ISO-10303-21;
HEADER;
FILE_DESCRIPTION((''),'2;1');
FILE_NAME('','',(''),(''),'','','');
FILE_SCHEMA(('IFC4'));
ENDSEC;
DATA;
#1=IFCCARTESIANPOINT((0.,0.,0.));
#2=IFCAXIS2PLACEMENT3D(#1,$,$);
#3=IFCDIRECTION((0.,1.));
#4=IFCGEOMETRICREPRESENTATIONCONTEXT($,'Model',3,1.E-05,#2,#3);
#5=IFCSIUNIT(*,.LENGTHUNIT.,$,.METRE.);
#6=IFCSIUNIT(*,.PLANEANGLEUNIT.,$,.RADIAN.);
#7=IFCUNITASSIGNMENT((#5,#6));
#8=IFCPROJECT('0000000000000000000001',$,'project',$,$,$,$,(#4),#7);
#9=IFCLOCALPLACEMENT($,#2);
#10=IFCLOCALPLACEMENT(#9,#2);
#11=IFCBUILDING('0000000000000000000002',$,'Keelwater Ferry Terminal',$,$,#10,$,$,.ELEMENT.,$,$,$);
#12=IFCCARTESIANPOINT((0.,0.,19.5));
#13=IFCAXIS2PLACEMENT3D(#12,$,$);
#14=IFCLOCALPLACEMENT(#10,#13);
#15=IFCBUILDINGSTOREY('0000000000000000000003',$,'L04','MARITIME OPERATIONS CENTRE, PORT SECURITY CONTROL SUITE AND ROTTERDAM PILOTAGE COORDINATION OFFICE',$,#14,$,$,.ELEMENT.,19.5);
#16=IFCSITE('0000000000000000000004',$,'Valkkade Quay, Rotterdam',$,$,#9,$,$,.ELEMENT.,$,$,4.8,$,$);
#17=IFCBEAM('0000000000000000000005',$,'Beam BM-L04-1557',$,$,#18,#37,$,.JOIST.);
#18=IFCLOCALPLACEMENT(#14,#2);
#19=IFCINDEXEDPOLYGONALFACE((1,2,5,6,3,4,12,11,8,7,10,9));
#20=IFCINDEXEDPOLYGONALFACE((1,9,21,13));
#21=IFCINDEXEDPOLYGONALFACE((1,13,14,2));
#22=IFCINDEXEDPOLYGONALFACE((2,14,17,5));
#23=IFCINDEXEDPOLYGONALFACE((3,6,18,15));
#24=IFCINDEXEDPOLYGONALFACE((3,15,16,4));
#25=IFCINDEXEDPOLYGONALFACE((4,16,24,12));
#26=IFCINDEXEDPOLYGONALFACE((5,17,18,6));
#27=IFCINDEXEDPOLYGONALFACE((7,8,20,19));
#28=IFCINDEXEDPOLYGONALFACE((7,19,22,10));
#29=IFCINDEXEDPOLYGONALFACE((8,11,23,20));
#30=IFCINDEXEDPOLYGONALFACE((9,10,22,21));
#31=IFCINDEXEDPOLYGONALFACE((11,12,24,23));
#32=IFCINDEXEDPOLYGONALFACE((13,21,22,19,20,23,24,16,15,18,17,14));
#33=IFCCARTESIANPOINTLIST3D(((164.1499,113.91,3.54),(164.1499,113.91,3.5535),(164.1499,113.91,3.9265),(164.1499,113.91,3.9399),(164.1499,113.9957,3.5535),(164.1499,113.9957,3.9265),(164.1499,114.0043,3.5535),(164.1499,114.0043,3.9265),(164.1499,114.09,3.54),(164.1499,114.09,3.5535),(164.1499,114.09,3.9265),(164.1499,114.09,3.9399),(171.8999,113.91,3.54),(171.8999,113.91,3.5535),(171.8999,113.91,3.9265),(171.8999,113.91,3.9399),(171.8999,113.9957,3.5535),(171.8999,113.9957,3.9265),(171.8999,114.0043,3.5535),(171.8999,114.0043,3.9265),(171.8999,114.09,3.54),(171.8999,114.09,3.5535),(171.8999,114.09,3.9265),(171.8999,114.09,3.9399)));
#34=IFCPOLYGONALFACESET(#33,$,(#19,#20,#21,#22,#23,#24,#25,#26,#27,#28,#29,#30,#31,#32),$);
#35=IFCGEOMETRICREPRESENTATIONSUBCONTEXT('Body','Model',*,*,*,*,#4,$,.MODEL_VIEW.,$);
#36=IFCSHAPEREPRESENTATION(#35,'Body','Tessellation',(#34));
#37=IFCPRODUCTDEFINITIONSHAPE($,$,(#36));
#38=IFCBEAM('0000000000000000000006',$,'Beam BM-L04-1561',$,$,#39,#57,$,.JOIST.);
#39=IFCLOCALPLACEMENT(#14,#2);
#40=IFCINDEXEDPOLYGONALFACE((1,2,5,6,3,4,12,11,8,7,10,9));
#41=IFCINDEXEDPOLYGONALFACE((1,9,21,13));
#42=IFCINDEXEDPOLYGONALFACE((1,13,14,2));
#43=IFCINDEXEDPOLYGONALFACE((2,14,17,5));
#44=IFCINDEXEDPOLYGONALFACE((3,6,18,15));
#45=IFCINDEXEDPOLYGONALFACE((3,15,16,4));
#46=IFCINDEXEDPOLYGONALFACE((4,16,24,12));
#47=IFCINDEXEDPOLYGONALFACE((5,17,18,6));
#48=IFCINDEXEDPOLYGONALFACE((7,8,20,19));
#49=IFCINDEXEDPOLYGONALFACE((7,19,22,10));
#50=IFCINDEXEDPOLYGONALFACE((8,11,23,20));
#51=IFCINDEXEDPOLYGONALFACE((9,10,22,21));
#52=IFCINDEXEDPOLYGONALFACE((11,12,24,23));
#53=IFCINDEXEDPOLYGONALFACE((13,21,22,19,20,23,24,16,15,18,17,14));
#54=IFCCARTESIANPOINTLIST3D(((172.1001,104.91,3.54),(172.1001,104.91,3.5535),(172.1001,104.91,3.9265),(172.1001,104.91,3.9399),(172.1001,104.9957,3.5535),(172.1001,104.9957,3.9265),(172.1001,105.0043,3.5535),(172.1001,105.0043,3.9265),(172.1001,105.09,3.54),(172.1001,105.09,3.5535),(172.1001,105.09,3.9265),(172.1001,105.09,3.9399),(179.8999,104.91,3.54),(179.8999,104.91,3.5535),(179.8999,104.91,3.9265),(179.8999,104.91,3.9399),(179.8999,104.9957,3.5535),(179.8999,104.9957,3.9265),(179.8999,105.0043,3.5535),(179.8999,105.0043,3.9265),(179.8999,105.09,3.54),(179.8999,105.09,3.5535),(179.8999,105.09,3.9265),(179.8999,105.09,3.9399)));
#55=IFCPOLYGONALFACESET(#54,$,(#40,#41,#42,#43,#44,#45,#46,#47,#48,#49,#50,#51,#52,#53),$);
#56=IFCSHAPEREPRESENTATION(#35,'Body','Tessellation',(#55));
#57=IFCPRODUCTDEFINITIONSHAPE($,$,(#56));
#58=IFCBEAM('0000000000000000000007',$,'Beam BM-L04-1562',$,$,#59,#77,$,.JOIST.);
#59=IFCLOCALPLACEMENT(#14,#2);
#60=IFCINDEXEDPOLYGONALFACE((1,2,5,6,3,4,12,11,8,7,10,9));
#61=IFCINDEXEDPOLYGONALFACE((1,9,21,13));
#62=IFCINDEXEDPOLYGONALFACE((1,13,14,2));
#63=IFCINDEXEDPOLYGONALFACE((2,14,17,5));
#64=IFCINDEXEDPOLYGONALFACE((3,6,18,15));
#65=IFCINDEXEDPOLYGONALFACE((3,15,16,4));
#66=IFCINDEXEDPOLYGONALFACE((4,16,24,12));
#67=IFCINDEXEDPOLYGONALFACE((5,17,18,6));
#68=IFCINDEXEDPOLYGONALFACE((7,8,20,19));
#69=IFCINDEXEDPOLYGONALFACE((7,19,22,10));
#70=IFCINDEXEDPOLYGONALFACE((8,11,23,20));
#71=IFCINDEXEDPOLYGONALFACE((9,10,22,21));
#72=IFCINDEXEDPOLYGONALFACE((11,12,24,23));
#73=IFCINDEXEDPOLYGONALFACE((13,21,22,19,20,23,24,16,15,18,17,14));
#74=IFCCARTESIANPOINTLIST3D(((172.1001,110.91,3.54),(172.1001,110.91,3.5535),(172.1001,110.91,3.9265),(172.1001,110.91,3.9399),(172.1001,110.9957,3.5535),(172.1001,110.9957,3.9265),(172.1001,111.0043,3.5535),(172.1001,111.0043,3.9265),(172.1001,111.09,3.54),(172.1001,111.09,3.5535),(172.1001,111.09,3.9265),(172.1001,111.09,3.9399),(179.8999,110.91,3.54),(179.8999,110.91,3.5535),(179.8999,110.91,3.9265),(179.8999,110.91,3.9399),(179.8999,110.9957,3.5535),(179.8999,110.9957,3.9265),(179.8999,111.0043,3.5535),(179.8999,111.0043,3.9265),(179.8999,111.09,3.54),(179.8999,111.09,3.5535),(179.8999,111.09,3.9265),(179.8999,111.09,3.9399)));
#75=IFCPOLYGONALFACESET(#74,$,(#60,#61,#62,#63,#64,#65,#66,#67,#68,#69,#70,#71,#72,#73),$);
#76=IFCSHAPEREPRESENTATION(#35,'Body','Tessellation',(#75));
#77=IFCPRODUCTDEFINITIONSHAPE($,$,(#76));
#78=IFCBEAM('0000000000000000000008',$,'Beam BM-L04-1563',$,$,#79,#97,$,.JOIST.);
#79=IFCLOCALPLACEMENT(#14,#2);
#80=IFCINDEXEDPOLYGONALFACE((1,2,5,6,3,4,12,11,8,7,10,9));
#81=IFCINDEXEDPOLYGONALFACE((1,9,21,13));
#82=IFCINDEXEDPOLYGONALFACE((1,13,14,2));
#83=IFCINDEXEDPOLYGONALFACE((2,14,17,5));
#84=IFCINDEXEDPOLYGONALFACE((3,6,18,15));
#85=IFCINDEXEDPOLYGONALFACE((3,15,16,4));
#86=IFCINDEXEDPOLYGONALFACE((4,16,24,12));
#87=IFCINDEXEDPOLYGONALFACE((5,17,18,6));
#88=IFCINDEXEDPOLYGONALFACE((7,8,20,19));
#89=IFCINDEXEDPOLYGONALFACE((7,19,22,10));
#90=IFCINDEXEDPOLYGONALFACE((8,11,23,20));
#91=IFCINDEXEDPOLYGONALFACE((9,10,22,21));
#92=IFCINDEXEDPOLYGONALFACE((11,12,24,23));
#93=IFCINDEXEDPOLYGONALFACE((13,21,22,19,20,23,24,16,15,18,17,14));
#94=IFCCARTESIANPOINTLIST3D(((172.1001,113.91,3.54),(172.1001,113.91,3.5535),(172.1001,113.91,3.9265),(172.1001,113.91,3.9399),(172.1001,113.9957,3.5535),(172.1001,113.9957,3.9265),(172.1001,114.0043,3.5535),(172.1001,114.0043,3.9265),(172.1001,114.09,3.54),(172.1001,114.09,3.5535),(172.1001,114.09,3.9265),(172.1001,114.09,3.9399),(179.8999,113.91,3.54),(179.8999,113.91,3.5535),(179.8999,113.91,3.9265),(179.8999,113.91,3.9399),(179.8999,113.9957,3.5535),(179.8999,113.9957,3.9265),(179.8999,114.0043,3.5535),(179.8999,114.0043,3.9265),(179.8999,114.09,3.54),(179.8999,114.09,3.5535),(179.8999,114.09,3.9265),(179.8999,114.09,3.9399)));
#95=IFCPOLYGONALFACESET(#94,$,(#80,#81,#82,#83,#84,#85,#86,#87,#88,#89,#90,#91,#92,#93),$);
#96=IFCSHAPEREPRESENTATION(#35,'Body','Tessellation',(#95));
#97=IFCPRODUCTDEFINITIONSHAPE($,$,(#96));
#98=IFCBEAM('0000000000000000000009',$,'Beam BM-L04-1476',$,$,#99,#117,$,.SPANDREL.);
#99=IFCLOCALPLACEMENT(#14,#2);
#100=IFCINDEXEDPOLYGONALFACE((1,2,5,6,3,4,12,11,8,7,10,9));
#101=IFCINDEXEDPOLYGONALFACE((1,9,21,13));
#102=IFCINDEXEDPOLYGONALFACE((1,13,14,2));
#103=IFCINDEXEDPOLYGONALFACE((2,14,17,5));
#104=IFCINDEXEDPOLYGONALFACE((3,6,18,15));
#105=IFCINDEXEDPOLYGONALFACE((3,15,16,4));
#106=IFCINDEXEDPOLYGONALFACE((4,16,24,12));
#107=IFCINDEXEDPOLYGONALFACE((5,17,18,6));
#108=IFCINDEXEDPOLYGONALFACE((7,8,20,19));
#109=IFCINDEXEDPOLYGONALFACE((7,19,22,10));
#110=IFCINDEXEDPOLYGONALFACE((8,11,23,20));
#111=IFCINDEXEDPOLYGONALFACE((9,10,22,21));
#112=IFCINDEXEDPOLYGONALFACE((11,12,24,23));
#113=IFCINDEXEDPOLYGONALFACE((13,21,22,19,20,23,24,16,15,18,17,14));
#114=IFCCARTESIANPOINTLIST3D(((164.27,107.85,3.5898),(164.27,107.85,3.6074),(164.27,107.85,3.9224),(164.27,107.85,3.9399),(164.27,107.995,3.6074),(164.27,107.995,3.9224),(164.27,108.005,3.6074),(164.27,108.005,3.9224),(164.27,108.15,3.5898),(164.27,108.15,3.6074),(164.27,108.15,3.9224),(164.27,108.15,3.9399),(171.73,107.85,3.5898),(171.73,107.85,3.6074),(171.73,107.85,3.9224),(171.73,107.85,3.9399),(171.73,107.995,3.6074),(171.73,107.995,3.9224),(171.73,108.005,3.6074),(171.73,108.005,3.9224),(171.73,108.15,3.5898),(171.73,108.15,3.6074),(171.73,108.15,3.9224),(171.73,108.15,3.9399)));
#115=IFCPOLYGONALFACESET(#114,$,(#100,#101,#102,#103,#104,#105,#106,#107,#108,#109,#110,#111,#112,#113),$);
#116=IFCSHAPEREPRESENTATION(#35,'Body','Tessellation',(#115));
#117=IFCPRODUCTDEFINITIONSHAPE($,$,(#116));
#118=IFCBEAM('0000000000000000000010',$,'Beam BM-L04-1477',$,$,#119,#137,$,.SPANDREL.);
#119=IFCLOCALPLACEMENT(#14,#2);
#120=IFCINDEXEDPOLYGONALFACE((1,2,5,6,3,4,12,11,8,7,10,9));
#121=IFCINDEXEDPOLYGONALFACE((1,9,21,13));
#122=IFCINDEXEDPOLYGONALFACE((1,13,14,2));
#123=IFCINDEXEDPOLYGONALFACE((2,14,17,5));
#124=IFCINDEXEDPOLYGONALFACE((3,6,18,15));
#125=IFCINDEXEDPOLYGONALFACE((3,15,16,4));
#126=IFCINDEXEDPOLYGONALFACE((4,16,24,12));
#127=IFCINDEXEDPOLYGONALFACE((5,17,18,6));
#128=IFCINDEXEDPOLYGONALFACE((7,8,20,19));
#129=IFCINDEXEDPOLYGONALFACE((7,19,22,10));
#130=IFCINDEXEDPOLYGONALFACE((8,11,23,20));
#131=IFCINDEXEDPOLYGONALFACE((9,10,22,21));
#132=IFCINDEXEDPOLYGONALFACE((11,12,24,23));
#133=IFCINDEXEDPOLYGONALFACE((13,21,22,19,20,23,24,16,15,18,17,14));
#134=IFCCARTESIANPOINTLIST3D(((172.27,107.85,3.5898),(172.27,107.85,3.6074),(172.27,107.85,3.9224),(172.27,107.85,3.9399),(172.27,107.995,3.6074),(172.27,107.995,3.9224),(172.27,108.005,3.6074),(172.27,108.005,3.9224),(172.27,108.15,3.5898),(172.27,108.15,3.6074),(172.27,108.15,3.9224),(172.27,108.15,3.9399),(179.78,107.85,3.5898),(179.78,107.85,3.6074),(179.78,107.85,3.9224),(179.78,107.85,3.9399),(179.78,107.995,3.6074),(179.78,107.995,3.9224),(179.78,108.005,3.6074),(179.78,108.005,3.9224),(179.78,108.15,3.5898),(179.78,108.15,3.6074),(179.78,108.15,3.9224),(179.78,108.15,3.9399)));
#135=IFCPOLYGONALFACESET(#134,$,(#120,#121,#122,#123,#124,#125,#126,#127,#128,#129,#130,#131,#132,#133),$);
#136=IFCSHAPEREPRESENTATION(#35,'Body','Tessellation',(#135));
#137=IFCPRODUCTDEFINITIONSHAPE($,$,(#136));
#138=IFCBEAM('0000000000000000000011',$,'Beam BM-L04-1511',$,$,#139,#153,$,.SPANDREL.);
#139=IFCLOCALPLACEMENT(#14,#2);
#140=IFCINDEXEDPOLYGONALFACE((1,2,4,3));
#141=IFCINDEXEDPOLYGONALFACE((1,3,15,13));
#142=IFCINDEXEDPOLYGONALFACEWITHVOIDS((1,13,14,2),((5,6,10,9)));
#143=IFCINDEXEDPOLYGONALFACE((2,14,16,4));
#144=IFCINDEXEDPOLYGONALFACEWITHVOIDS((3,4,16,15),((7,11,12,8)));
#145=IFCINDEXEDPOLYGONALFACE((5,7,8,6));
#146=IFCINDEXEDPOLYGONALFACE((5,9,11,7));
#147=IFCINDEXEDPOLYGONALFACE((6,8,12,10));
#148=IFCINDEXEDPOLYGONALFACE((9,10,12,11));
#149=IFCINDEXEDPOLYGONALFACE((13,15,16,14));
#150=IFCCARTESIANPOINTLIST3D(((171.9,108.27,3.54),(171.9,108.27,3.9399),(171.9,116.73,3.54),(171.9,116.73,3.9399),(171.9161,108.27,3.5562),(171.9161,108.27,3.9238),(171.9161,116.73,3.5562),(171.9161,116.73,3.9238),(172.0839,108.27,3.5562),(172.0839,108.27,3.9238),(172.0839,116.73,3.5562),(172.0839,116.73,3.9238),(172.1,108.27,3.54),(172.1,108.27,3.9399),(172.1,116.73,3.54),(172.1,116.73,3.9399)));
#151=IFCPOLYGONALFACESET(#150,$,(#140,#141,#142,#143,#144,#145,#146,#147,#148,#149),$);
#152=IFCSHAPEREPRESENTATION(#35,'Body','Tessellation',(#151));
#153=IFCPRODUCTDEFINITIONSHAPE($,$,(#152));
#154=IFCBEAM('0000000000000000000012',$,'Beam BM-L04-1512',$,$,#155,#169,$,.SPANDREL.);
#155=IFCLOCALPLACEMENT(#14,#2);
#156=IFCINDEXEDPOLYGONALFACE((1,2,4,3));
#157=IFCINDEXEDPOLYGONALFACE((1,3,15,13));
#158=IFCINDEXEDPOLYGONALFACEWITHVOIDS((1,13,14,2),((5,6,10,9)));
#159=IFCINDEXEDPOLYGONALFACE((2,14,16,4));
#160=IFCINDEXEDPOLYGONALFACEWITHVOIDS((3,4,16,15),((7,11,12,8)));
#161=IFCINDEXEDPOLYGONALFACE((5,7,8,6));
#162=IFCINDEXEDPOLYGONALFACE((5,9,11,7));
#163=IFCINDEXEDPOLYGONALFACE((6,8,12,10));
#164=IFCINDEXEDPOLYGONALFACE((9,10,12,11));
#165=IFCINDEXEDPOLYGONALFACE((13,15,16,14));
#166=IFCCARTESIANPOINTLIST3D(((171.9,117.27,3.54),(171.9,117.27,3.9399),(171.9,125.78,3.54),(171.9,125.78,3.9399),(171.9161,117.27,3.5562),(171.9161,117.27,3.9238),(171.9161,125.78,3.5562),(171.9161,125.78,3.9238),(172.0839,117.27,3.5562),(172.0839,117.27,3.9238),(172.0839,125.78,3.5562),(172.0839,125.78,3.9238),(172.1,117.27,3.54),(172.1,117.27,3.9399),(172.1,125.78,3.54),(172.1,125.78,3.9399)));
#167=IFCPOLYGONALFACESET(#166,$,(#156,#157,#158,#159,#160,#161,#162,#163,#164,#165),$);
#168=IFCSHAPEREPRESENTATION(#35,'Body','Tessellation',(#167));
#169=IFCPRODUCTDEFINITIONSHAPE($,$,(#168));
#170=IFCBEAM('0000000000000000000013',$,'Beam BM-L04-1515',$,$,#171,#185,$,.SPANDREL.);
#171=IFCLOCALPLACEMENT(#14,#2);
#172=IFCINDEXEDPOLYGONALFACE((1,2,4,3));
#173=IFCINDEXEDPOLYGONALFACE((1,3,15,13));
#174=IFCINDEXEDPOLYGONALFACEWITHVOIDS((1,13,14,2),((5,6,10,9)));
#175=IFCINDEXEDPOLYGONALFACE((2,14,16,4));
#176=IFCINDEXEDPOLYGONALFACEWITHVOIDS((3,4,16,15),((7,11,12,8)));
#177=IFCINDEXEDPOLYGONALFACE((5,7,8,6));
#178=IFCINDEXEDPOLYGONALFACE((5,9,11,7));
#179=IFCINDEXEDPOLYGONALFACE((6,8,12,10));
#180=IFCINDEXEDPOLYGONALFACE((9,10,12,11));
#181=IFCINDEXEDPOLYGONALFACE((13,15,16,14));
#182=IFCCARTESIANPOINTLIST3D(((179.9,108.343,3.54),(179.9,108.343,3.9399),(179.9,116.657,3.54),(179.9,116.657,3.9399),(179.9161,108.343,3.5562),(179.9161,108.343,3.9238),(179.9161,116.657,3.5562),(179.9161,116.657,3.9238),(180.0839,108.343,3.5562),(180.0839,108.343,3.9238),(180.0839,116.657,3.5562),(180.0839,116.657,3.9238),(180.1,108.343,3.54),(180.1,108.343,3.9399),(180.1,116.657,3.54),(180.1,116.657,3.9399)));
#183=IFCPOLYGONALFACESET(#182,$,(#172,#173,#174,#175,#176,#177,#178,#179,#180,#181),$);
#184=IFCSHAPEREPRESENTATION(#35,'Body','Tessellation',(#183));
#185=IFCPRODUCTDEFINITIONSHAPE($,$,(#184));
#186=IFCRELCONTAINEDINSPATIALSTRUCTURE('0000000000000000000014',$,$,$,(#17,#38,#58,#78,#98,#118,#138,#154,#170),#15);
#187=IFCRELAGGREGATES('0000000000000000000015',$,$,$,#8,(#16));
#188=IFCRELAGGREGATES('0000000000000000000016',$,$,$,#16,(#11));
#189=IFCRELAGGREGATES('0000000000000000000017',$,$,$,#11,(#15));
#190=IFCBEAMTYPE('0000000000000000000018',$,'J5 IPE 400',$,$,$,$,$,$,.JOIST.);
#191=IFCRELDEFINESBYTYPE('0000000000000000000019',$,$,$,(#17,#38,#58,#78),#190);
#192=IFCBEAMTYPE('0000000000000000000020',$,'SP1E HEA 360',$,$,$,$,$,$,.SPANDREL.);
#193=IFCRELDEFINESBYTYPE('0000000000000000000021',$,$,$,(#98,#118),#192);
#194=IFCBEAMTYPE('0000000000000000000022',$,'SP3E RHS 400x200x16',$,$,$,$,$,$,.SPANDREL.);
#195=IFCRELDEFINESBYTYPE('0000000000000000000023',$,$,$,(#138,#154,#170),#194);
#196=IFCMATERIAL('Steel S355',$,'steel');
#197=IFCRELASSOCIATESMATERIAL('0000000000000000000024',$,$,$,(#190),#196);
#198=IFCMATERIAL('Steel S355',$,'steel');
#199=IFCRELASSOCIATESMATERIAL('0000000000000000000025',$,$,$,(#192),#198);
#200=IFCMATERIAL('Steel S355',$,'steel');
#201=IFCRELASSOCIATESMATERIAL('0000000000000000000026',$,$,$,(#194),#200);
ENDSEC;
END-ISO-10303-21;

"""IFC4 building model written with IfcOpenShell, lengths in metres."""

from ifc_helpers import new_model, si_unit, direction, frame, origin, origin_2d, place, context, subcontext, project, spatial, hollow_rectangle, i_section, extrude, material, material_profile, profile_set, type_object, element, save


model = new_model("IFC4")

# Units and contexts
model_context = context("Model", 3, precision=1e-05, world=origin(), true_north=direction((0.0, 1.0)))
body_context = subcontext(model_context, "Body", "Model", "MODEL_VIEW")
ifc_project = project(units=[si_unit("LENGTHUNIT", "METRE"), si_unit("PLANEANGLEUNIT", "RADIAN")], contexts=[model_context])

# Site, building, storey
site_placement = place(None, origin())
site = spatial("IfcSite", under=ifc_project, at=site_placement, Name="Valkkade Quay, Rotterdam", CompositionType="ELEMENT", RefElevation=4.8)
building_placement = place(site_placement, origin())
building = spatial("IfcBuilding", under=site, at=building_placement, Name="Keelwater Ferry Terminal", CompositionType="ELEMENT")
storey_placement = place(building_placement, frame((0.0, 0.0, 19.5)))
storey = spatial("IfcBuildingStorey", under=building, at=storey_placement, Name="L04", Description="MARITIME OPERATIONS CENTRE, PORT SECURITY CONTROL SUITE AND ROTTERDAM PILOTAGE COORDINATION OFFICE", CompositionType="ELEMENT", Elevation=19.5)

# Beams
ifc_material_1 = material(Name="Steel S355", Category="steel")
ifc_material_profile_1 = material_profile(ifc_material_1, i_section(OverallWidth=0.1799, OverallDepth=0.3999, WebThickness=0.0085, FlangeThickness=0.0134, at=origin_2d()), Name="IPE 400")
ifc_profile_set_1 = profile_set([ifc_material_profile_1], Name="Steel S355")
beam_type_1 = type_object("IfcBeamType", Name="J5 IPE 400", PredefinedType="JOIST", material=ifc_profile_set_1)
for number, where, z_axis, x_axis, name in (
    (1, (164.1499, 114.0, 3.74), (1.0, 0.0, 0.0), (0.0, 1.0, 0.0), "Beam BM-L04-1557"),
):
    element("IfcBeam", number, at=place(storey_placement, frame(where, z_axis=z_axis, x_axis=x_axis)), inside=storey, type_object=beam_type_1, Name=name, PredefinedType="JOIST", context=body_context, shape_type="SweptSolid", body=[
        extrude(i_section(OverallWidth=0.1799, OverallDepth=0.3999, WebThickness=0.0085, FlangeThickness=0.0134, at=origin_2d()), origin(), (0.0, 0.0, 1.0), 7.75),
    ])
for number, where, z_axis, x_axis, name in (
    (2, (172.1001, 105.0, 3.74), (1.0, 0.0, 0.0), (0.0, 1.0, 0.0), "Beam BM-L04-1561"),
    (3, (172.1001, 111.0, 3.74), (1.0, 0.0, 0.0), (0.0, 1.0, 0.0), "Beam BM-L04-1562"),
    (4, (172.1001, 114.0, 3.74), (1.0, 0.0, 0.0), (0.0, 1.0, 0.0), "Beam BM-L04-1563"),
):
    element("IfcBeam", number, at=place(storey_placement, frame(where, z_axis=z_axis, x_axis=x_axis)), inside=storey, type_object=beam_type_1, Name=name, PredefinedType="JOIST", context=body_context, shape_type="SweptSolid", body=[
        extrude(i_section(OverallWidth=0.1799, OverallDepth=0.3999, WebThickness=0.0085, FlangeThickness=0.0134, at=origin_2d()), origin(), (0.0, 0.0, 1.0), 7.7998),
    ])
ifc_material_2 = material(Name="Steel S355", Category="steel")
ifc_material_profile_2 = material_profile(ifc_material_2, i_section(OverallWidth=0.3, OverallDepth=0.3501, WebThickness=0.01, FlangeThickness=0.0176, at=origin_2d()), Name="HEA 360")
ifc_profile_set_2 = profile_set([ifc_material_profile_2], Name="Steel S355")
beam_type_2 = type_object("IfcBeamType", Name="SP1E HEA 360", PredefinedType="SPANDREL", material=ifc_profile_set_2)
beam_1_placement = place(storey_placement, frame((164.27, 108.0, 3.7649), z_axis=(1.0, 0.0, 0.0), x_axis=(0.0, 1.0, 0.0)))
element("IfcBeam", 5, at=beam_1_placement, inside=storey, type_object=beam_type_2, Name="Beam BM-L04-1476", PredefinedType="SPANDREL", context=body_context, shape_type="SweptSolid", body=[
    extrude(i_section(OverallWidth=0.3, OverallDepth=0.3501, WebThickness=0.01, FlangeThickness=0.0176, at=origin_2d()), origin(), (0.0, 0.0, 1.0), 7.46),
])
beam_2_placement = place(storey_placement, frame((172.27, 108.0, 3.7649), z_axis=(1.0, 0.0, 0.0), x_axis=(0.0, 1.0, 0.0)))
element("IfcBeam", 6, at=beam_2_placement, inside=storey, type_object=beam_type_2, Name="Beam BM-L04-1477", PredefinedType="SPANDREL", context=body_context, shape_type="SweptSolid", body=[
    extrude(i_section(OverallWidth=0.3, OverallDepth=0.3501, WebThickness=0.01, FlangeThickness=0.0176, at=origin_2d()), origin(), (0.0, 0.0, 1.0), 7.51),
])
ifc_material_3 = material(Name="Steel S355", Category="steel")
ifc_material_profile_3 = material_profile(ifc_material_3, hollow_rectangle(XDim=0.2, YDim=0.3999, WallThickness=0.0161, at=origin_2d()), Name="RHS 400x200x16")
ifc_profile_set_3 = profile_set([ifc_material_profile_3], Name="Steel S355")
beam_type_3 = type_object("IfcBeamType", Name="SP3E RHS 400x200x16", PredefinedType="SPANDREL", material=ifc_profile_set_3)
beam_3_placement = place(storey_placement, frame((172.0, 108.27, 3.74), z_axis=(0.0, 1.0, 0.0), x_axis=(-1.0, 0.0, 0.0)))
element("IfcBeam", 7, at=beam_3_placement, inside=storey, type_object=beam_type_3, Name="Beam BM-L04-1511", PredefinedType="SPANDREL", context=body_context, shape_type="SweptSolid", body=[
    extrude(hollow_rectangle(XDim=0.2, YDim=0.3999, WallThickness=0.0161, at=origin_2d()), origin(), (0.0, 0.0, 1.0), 8.46),
])
beam_4_placement = place(storey_placement, frame((172.0, 117.27, 3.74), z_axis=(0.0, 1.0, 0.0), x_axis=(-1.0, 0.0, 0.0)))
element("IfcBeam", 8, at=beam_4_placement, inside=storey, type_object=beam_type_3, Name="Beam BM-L04-1512", PredefinedType="SPANDREL", context=body_context, shape_type="SweptSolid", body=[
    extrude(hollow_rectangle(XDim=0.2, YDim=0.3999, WallThickness=0.0161, at=origin_2d()), origin(), (0.0, 0.0, 1.0), 8.51),
])
beam_5_placement = place(storey_placement, frame((180.0, 108.343, 3.74), z_axis=(0.0, 1.0, 0.0), x_axis=(-1.0, 0.0, 0.0)))
element("IfcBeam", 9, at=beam_5_placement, inside=storey, type_object=beam_type_3, Name="Beam BM-L04-1515", PredefinedType="SPANDREL", context=body_context, shape_type="SweptSolid", body=[
    extrude(hollow_rectangle(XDim=0.2, YDim=0.3999, WallThickness=0.0161, at=origin_2d()), origin(), (0.0, 0.0, 1.0), 8.314),
])

save(model, "model.ifc")
